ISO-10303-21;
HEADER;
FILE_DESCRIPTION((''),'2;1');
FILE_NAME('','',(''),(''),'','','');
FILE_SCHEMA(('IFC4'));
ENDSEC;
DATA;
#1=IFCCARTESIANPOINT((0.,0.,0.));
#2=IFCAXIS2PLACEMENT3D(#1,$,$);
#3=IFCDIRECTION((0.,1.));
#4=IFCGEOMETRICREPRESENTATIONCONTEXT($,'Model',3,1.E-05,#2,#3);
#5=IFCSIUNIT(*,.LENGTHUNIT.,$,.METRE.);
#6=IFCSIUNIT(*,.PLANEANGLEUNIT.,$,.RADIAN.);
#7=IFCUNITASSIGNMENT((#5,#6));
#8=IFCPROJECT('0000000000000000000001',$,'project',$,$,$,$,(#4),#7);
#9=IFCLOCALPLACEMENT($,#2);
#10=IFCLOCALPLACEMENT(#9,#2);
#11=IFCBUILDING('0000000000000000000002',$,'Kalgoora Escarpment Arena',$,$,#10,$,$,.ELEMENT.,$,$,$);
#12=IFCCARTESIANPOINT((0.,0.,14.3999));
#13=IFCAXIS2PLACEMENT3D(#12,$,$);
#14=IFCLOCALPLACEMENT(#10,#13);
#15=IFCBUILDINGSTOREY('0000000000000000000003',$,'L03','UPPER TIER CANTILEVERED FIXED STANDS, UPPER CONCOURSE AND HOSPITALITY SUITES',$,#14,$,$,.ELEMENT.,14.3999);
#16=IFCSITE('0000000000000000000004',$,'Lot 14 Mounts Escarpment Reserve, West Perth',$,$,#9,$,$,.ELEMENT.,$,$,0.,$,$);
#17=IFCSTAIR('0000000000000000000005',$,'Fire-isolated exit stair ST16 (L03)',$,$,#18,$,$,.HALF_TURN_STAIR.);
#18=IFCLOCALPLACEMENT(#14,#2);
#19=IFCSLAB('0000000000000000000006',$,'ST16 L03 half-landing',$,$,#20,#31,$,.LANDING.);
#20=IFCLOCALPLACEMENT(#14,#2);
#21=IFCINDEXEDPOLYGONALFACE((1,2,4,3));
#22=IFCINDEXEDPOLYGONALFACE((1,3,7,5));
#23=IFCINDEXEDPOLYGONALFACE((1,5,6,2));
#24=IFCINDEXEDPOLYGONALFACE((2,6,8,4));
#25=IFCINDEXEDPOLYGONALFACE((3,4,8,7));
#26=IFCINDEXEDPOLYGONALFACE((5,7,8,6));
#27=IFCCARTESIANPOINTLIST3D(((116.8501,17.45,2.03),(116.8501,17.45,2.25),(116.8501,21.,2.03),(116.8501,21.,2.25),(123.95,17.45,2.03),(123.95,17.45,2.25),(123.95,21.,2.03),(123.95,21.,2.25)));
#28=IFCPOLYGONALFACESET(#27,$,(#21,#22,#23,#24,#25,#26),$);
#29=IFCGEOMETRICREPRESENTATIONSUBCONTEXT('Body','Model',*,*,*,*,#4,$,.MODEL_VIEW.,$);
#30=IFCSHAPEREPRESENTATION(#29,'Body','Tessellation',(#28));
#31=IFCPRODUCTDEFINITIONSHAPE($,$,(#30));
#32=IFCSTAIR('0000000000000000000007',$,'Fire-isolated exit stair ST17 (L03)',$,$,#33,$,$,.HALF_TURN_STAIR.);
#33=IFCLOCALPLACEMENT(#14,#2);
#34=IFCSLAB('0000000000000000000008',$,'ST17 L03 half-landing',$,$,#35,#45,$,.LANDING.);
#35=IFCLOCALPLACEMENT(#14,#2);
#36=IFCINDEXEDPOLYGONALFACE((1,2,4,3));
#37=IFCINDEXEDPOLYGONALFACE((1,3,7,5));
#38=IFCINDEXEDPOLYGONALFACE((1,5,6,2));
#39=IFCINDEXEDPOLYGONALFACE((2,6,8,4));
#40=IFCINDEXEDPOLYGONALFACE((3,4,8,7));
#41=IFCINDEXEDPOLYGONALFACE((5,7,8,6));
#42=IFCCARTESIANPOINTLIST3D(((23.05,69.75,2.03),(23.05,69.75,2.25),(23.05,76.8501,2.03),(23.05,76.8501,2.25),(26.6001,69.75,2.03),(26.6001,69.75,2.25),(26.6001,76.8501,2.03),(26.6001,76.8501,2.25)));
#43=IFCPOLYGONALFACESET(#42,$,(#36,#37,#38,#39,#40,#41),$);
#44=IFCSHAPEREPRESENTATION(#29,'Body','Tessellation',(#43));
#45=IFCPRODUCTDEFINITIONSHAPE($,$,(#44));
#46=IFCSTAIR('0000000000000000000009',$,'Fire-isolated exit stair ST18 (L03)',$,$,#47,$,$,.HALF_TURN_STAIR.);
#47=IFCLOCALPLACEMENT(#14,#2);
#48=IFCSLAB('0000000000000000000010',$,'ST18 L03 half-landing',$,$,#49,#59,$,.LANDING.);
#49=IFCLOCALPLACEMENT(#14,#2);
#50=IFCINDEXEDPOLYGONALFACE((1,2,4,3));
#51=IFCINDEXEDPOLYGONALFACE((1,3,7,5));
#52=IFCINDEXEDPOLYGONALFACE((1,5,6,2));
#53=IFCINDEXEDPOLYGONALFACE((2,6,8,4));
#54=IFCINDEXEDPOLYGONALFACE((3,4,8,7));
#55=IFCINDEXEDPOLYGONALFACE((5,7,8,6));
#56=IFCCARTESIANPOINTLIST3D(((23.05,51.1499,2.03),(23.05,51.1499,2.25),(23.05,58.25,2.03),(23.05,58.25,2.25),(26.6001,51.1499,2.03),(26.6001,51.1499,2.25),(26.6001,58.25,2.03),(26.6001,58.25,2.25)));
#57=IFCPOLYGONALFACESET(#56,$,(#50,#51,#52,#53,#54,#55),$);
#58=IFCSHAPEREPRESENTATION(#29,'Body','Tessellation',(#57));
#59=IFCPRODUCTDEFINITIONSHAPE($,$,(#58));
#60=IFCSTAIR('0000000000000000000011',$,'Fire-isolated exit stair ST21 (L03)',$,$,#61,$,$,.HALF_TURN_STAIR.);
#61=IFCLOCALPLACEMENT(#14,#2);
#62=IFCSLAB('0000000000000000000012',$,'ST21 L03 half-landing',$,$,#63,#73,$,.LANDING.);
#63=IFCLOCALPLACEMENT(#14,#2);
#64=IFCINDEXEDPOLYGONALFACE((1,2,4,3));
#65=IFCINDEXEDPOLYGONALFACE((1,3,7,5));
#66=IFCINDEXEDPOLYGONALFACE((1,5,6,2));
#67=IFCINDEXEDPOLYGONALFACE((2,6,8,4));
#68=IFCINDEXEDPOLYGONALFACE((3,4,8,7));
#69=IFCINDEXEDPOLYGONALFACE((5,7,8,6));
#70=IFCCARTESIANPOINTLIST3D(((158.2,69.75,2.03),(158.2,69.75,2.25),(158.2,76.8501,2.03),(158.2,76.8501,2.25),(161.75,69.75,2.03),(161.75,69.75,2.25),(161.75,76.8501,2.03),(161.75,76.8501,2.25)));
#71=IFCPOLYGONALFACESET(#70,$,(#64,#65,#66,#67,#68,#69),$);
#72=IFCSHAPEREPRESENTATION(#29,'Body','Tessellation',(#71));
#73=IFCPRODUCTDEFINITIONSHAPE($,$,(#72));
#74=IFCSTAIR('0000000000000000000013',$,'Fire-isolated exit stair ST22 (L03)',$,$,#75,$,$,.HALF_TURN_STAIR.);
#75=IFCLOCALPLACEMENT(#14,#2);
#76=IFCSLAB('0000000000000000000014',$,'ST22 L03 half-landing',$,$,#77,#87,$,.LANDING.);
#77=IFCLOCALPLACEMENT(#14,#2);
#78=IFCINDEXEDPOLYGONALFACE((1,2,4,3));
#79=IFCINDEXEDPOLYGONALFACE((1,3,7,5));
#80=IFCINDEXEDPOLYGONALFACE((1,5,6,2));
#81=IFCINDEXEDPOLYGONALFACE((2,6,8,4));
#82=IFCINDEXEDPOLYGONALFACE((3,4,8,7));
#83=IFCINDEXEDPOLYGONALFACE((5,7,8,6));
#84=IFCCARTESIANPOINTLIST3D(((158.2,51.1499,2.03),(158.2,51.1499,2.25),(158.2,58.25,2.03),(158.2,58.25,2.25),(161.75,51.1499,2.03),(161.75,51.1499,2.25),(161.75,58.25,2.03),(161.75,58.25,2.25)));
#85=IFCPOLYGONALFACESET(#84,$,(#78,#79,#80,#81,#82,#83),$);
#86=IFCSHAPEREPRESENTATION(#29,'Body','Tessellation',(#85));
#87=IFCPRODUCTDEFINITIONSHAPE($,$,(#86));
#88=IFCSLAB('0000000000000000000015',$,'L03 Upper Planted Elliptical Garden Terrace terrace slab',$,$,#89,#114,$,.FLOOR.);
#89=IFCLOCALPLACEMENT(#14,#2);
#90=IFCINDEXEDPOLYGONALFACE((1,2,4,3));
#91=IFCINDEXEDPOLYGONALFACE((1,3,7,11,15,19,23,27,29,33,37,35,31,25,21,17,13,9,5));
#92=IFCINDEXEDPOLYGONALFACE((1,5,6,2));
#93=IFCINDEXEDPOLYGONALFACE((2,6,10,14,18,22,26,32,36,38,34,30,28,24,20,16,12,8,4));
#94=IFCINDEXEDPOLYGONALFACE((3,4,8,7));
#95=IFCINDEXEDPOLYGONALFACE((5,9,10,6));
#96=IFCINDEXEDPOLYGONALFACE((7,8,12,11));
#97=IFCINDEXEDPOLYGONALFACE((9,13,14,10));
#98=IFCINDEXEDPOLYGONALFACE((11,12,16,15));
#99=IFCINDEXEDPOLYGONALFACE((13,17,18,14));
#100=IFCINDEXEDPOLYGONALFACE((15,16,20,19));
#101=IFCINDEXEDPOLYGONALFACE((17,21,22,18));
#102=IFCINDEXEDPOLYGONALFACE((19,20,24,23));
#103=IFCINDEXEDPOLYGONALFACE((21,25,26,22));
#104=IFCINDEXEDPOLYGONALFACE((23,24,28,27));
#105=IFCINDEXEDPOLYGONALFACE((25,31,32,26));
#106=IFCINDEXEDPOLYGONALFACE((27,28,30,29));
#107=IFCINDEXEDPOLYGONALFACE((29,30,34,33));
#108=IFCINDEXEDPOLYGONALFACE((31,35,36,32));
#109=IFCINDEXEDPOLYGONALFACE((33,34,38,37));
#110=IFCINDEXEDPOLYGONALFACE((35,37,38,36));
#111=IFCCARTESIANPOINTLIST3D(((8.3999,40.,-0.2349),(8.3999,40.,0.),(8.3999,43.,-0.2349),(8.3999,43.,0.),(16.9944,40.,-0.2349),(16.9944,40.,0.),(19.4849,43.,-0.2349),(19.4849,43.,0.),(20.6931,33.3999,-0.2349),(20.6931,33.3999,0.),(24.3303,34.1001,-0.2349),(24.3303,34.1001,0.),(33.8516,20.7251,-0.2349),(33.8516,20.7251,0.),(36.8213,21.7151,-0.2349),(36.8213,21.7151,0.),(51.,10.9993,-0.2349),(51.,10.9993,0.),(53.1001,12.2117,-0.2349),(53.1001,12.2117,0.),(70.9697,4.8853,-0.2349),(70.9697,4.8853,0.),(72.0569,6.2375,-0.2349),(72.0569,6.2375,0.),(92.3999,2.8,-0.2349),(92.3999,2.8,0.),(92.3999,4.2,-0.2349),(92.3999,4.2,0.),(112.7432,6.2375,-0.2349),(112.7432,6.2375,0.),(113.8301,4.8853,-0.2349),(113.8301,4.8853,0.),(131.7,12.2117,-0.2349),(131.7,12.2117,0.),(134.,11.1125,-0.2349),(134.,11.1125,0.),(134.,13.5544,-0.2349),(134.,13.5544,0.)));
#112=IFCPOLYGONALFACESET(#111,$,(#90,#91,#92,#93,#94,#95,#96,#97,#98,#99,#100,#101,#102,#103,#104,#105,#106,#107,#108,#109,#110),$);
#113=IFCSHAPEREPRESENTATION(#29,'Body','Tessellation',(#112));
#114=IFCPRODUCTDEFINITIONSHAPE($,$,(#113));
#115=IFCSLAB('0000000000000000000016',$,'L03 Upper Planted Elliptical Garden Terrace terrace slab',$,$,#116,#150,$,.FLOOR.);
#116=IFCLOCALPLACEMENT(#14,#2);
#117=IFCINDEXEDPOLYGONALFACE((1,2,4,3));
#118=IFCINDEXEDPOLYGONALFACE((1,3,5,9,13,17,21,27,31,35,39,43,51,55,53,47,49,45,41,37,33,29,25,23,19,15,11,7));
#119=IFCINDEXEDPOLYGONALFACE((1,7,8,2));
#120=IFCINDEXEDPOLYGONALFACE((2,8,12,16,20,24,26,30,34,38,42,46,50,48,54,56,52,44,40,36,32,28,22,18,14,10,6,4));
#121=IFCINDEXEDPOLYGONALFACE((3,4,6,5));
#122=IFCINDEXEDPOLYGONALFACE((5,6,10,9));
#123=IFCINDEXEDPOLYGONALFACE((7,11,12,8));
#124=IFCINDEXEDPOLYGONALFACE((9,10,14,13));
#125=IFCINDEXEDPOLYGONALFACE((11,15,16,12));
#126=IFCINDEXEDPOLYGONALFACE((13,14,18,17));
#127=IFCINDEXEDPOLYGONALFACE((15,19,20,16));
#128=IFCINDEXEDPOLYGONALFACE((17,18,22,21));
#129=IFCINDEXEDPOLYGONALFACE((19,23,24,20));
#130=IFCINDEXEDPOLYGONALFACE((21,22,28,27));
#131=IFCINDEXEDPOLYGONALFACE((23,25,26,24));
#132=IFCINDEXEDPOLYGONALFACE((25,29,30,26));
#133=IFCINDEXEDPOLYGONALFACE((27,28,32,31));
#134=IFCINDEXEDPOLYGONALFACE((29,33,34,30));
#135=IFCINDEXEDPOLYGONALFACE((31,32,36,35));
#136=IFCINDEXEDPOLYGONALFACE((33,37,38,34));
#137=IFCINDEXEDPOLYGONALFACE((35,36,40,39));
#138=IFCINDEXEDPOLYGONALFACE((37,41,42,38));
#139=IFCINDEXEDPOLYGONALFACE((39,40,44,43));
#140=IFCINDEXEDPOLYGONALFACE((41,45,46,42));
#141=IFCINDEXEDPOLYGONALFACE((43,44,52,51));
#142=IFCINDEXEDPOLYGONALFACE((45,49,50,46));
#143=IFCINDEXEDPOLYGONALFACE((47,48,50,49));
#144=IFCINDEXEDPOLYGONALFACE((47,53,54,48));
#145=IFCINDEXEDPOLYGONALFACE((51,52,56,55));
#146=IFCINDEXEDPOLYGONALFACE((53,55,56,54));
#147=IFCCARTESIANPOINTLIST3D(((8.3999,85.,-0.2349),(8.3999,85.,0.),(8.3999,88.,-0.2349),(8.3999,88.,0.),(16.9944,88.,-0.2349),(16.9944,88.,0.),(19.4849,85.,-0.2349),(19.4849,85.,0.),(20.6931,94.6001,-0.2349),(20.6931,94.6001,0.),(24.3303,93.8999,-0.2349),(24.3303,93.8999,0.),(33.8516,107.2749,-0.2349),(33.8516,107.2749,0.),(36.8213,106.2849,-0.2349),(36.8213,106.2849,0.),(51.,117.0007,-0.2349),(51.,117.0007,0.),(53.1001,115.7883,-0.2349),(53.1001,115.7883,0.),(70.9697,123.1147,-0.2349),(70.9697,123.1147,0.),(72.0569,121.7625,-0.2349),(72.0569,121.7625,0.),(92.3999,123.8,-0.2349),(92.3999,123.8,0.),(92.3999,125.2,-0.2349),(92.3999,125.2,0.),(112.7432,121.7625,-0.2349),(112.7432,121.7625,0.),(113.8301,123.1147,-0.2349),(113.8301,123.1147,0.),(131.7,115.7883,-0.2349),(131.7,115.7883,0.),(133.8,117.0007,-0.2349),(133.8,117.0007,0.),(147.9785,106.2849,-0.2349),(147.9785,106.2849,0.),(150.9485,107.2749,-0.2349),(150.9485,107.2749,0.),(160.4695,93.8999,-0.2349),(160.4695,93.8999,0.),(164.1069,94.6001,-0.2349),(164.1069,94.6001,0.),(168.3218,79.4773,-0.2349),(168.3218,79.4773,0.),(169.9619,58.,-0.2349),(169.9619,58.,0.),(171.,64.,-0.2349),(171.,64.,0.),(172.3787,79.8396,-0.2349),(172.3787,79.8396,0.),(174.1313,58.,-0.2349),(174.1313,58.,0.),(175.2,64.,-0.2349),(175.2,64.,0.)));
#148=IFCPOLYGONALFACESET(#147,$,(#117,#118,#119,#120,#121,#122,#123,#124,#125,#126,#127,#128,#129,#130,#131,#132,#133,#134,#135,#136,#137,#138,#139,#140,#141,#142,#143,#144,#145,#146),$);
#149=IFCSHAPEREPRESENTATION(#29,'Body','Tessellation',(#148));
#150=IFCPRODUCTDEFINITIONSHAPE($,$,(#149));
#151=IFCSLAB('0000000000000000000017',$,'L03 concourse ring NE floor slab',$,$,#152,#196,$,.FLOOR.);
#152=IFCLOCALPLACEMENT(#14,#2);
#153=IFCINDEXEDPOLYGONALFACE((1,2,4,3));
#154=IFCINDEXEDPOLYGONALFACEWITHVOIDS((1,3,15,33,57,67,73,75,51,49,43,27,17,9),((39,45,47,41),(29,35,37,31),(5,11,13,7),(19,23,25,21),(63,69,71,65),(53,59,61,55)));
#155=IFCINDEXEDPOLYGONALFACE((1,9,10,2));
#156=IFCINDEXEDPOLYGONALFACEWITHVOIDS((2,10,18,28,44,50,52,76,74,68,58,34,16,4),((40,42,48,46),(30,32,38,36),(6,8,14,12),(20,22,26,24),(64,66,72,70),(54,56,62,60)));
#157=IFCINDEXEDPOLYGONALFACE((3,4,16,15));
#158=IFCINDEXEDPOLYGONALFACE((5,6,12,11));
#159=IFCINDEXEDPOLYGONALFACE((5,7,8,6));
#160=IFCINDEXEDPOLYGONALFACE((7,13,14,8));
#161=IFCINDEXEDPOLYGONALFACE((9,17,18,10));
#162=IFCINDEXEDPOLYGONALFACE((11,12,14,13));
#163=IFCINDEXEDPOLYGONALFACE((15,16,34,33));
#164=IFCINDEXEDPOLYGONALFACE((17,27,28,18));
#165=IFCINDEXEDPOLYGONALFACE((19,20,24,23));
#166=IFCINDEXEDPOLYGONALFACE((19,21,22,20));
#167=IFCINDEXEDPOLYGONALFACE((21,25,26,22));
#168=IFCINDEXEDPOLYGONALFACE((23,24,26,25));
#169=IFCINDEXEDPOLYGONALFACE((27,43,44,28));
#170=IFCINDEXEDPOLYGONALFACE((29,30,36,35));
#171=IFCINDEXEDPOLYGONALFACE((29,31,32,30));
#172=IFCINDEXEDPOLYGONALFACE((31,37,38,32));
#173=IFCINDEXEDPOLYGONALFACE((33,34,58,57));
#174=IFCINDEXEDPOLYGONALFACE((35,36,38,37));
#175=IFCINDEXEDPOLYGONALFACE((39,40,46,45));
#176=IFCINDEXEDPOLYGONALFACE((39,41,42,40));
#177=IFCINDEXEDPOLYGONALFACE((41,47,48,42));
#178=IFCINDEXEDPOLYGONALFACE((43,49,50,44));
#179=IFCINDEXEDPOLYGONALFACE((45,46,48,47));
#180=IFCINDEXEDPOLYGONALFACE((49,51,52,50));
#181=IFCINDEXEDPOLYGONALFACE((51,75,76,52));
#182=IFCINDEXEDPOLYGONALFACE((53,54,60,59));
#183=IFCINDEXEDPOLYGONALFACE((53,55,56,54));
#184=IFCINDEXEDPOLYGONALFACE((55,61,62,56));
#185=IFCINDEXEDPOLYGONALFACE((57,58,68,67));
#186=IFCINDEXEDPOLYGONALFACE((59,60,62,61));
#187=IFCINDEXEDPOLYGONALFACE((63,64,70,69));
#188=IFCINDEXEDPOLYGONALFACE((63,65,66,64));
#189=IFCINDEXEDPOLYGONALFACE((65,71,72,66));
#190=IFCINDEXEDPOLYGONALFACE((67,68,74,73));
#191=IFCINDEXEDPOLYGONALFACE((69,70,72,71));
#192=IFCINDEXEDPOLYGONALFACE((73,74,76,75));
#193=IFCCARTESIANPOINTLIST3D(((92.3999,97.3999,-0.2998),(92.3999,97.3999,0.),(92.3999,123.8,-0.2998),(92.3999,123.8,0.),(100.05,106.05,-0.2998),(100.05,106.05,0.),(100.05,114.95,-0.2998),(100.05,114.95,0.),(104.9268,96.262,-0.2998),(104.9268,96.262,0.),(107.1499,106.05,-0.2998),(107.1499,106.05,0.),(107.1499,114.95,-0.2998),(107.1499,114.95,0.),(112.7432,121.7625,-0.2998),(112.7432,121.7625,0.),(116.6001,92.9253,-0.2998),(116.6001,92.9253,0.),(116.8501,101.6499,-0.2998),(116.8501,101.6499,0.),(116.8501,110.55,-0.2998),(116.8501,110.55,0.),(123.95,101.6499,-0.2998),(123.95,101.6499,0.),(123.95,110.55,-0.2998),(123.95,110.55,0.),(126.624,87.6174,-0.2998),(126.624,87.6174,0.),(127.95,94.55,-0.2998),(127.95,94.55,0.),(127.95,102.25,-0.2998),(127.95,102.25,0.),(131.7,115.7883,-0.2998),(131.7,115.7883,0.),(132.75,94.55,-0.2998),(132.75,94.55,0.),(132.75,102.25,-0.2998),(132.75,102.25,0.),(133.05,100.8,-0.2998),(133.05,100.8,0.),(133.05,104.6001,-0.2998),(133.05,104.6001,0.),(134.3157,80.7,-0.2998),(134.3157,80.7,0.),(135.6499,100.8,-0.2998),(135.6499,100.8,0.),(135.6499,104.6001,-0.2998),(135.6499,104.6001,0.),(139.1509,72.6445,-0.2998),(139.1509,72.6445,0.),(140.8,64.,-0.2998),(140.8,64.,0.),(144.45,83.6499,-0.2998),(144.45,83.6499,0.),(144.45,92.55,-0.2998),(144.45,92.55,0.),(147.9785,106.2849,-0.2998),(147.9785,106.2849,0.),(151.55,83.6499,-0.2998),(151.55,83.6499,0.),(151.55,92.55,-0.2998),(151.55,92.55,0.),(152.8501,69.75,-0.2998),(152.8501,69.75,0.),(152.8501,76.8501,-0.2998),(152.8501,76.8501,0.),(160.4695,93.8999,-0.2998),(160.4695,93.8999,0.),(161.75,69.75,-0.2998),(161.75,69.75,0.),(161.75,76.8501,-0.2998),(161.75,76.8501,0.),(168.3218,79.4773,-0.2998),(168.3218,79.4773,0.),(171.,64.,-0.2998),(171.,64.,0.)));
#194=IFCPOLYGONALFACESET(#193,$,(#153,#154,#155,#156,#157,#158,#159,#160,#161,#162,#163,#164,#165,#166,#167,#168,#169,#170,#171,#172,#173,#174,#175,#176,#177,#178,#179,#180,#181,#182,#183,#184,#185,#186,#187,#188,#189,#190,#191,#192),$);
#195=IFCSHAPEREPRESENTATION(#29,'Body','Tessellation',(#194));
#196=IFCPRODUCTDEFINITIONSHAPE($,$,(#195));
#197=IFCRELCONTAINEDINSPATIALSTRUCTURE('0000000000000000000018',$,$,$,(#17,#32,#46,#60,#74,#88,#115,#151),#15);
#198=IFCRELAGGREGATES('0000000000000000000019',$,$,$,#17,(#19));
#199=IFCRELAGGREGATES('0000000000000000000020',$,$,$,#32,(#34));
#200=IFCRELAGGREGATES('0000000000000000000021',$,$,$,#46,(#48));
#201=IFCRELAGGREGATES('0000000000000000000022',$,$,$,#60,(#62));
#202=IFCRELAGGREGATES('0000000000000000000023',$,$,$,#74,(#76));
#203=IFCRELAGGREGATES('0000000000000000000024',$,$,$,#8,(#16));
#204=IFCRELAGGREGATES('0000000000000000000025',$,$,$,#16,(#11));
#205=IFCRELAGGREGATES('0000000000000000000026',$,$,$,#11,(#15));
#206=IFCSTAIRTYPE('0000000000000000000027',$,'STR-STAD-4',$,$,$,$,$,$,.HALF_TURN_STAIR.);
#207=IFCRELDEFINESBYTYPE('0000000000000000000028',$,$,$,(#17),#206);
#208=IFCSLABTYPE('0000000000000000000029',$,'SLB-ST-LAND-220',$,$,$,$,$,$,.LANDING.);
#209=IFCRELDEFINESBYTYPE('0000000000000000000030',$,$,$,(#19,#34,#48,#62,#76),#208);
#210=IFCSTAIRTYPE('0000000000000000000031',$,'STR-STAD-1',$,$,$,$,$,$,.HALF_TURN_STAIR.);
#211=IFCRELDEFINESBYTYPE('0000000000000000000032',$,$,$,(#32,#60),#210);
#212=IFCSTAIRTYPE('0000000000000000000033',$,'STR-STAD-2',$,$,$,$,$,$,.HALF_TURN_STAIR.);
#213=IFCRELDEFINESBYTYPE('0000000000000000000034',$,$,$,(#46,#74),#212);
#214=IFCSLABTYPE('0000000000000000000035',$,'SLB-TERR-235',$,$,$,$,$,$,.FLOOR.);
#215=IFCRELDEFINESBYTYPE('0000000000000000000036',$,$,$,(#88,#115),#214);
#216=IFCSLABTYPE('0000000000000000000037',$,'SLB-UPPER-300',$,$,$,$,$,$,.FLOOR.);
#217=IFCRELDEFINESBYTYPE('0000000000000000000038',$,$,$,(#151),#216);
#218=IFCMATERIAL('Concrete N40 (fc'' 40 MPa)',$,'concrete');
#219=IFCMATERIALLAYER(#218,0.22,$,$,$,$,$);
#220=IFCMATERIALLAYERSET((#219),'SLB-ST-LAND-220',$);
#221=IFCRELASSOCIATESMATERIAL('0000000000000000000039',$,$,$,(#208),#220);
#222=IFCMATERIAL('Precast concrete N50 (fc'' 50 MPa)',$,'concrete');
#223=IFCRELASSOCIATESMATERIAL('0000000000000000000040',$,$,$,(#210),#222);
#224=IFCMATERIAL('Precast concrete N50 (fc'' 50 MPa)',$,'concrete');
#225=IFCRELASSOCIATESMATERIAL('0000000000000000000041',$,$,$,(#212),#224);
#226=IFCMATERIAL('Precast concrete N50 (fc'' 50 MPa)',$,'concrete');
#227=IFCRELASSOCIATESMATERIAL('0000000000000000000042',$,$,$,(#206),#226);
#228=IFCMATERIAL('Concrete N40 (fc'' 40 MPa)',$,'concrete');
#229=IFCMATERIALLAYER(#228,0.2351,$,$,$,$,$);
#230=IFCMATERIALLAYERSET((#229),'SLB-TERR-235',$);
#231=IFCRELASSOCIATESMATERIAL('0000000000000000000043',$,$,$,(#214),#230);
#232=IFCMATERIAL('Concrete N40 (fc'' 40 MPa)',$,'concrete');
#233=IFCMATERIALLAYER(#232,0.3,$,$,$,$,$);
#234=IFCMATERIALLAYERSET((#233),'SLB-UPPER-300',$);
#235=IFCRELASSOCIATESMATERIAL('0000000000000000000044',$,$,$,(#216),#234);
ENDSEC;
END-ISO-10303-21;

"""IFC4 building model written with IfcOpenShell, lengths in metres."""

from ifc_helpers import new_model, si_unit, direction, frame, origin, place, context, subcontext, project, spatial, polyline, outline, extrude, material, layer, layer_set, type_object, element, aggregate, save


model = new_model("IFC4")

# Units and contexts
model_context = context("Model", 3, precision=1e-05, world=origin(), true_north=direction((0.0, 1.0)))
body_context = subcontext(model_context, "Body", "Model", "MODEL_VIEW")
ifc_project = project(units=[si_unit("LENGTHUNIT", "METRE"), si_unit("PLANEANGLEUNIT", "RADIAN")], contexts=[model_context])

# Site, building, storey
site_placement = place(None, origin())
site = spatial("IfcSite", under=ifc_project, at=site_placement, Name="Lot 14 Mounts Escarpment Reserve, West Perth", CompositionType="ELEMENT", RefElevation=0.0)
building_placement = place(site_placement, origin())
building = spatial("IfcBuilding", under=site, at=building_placement, Name="Kalgoora Escarpment Arena", CompositionType="ELEMENT")
storey_placement = place(building_placement, frame((0.0, 0.0, 14.3999)))
storey = spatial("IfcBuildingStorey", under=building, at=storey_placement, Name="L03", Description="UPPER TIER CANTILEVERED FIXED STANDS, UPPER CONCOURSE AND HOSPITALITY SUITES", CompositionType="ELEMENT", Elevation=14.3999)

# Stairs, slabs
ifc_material_1 = material(Name="Concrete N40 (fc' 40 MPa)", Category="concrete")
ifc_layer_1 = layer(ifc_material_1, 0.22)
ifc_layer_set_1 = layer_set([ifc_layer_1], Name="SLB-ST-LAND-220")
slab_type_1 = type_object("IfcSlabType", Name="SLB-ST-LAND-220", PredefinedType="LANDING", material=ifc_layer_set_1)
ifc_material_2 = material(Name="Precast concrete N50 (fc' 50 MPa)", Category="concrete")
stair_type_1 = type_object("IfcStairType", Name="STR-STAD-1", PredefinedType="HALF_TURN_STAIR", material=ifc_material_2)
ifc_material_3 = material(Name="Precast concrete N50 (fc' 50 MPa)", Category="concrete")
stair_type_2 = type_object("IfcStairType", Name="STR-STAD-2", PredefinedType="HALF_TURN_STAIR", material=ifc_material_3)
ifc_material_4 = material(Name="Precast concrete N50 (fc' 50 MPa)", Category="concrete")
stair_type_3 = type_object("IfcStairType", Name="STR-STAD-4", PredefinedType="HALF_TURN_STAIR", material=ifc_material_4)
stair_1_placement = place(storey_placement, origin())
stair_1 = element("IfcStair", 1, at=stair_1_placement, inside=storey, type_object=stair_type_3, Name="Fire-isolated exit stair ST16 (L03)", PredefinedType="HALF_TURN_STAIR")
slab_1_placement = place(storey_placement, frame((0.0, 0.0, 2.03)))
slab_1 = element("IfcSlab", 2, at=slab_1_placement, type_object=slab_type_1, Name="ST16 L03 half-landing", PredefinedType="LANDING", context=body_context, shape_type="SweptSolid", body=[
    extrude(outline(polyline([(123.95, 21.0), (123.95, 17.45), (116.8501, 17.45), (116.8501, 21.0), (123.95, 21.0)])), origin(), (0.0, 0.0, 1.0), 0.22),
])
aggregate(stair_1, [slab_1])
stair_2_placement = place(storey_placement, origin())
stair_2 = element("IfcStair", 3, at=stair_2_placement, inside=storey, type_object=stair_type_1, Name="Fire-isolated exit stair ST17 (L03)", PredefinedType="HALF_TURN_STAIR")
slab_2_placement = place(storey_placement, frame((0.0, 0.0, 2.03)))
slab_2 = element("IfcSlab", 4, at=slab_2_placement, type_object=slab_type_1, Name="ST17 L03 half-landing", PredefinedType="LANDING", context=body_context, shape_type="SweptSolid", body=[
    extrude(outline(polyline([(26.6001, 69.75), (23.05, 69.75), (23.05, 76.8501), (26.6001, 76.8501), (26.6001, 69.75)])), origin(), (0.0, 0.0, 1.0), 0.22),
])
aggregate(stair_2, [slab_2])
stair_3_placement = place(storey_placement, origin())
stair_3 = element("IfcStair", 5, at=stair_3_placement, inside=storey, type_object=stair_type_2, Name="Fire-isolated exit stair ST18 (L03)", PredefinedType="HALF_TURN_STAIR")
slab_3_placement = place(storey_placement, frame((0.0, 0.0, 2.03)))
slab_3 = element("IfcSlab", 6, at=slab_3_placement, type_object=slab_type_1, Name="ST18 L03 half-landing", PredefinedType="LANDING", context=body_context, shape_type="SweptSolid", body=[
    extrude(outline(polyline([(26.6001, 51.1499), (23.05, 51.1499), (23.05, 58.25), (26.6001, 58.25), (26.6001, 51.1499)])), origin(), (0.0, 0.0, 1.0), 0.22),
])
aggregate(stair_3, [slab_3])
stair_4_placement = place(storey_placement, origin())
stair_4 = element("IfcStair", 7, at=stair_4_placement, inside=storey, type_object=stair_type_1, Name="Fire-isolated exit stair ST21 (L03)", PredefinedType="HALF_TURN_STAIR")
slab_4_placement = place(storey_placement, frame((0.0, 0.0, 2.03)))
slab_4 = element("IfcSlab", 8, at=slab_4_placement, type_object=slab_type_1, Name="ST21 L03 half-landing", PredefinedType="LANDING", context=body_context, shape_type="SweptSolid", body=[
    extrude(outline(polyline([(158.2, 76.8501), (161.75, 76.8501), (161.75, 69.75), (158.2, 69.75), (158.2, 76.8501)])), origin(), (0.0, 0.0, 1.0), 0.22),
])
aggregate(stair_4, [slab_4])
stair_5_placement = place(storey_placement, origin())
stair_5 = element("IfcStair", 9, at=stair_5_placement, inside=storey, type_object=stair_type_2, Name="Fire-isolated exit stair ST22 (L03)", PredefinedType="HALF_TURN_STAIR")
slab_5_placement = place(storey_placement, frame((0.0, 0.0, 2.03)))
slab_5 = element("IfcSlab", 10, at=slab_5_placement, type_object=slab_type_1, Name="ST22 L03 half-landing", PredefinedType="LANDING", context=body_context, shape_type="SweptSolid", body=[
    extrude(outline(polyline([(158.2, 58.25), (161.75, 58.25), (161.75, 51.1499), (158.2, 51.1499), (158.2, 58.25)])), origin(), (0.0, 0.0, 1.0), 0.22),
])
aggregate(stair_5, [slab_5])

# Slabs
ifc_material_5 = material(Name="Concrete N40 (fc' 40 MPa)", Category="concrete")
ifc_layer_2 = layer(ifc_material_5, 0.2351)
ifc_layer_set_2 = layer_set([ifc_layer_2], Name="SLB-TERR-235")
slab_type_2 = type_object("IfcSlabType", Name="SLB-TERR-235", PredefinedType="FLOOR", material=ifc_layer_set_2)
slab_6_placement = place(storey_placement, frame((0.0, 0.0, -0.2349)))
element("IfcSlab", 11, at=slab_6_placement, inside=storey, type_object=slab_type_2, Name="L03 Upper Planted Elliptical Garden Terrace terrace slab", PredefinedType="FLOOR", context=body_context, shape_type="SweptSolid", body=[
    extrude(outline(polyline([(92.3999, 2.8), (70.9697, 4.8853), (51.0, 10.9993), (33.8516, 20.7251), (20.6931, 33.3999), (16.9944, 40.0), (8.3999, 40.0), (8.3999, 43.0), (19.4849, 43.0), (24.3303, 34.1001), (36.8213, 21.7151), (53.1001, 12.2117), (72.0569, 6.2375), (92.3999, 4.2), (112.7432, 6.2375), (131.7, 12.2117), (134.0, 13.5544), (134.0, 11.1125), (113.8301, 4.8853), (92.3999, 2.8)])), origin(), (0.0, 0.0, 1.0), 0.2349),
])
slab_7_placement = place(storey_placement, frame((0.0, 0.0, -0.2349)))
element("IfcSlab", 12, at=slab_7_placement, inside=storey, type_object=slab_type_2, Name="L03 Upper Planted Elliptical Garden Terrace terrace slab", PredefinedType="FLOOR", context=body_context, shape_type="SweptSolid", body=[
    extrude(outline(polyline([(168.3218, 79.4773), (160.4695, 93.8999), (147.9785, 106.2849), (131.7, 115.7883), (112.7432, 121.7625), (92.3999, 123.8), (72.0569, 121.7625), (53.1001, 115.7883), (36.8213, 106.2849), (24.3303, 93.8999), (19.4849, 85.0), (8.3999, 85.0), (8.3999, 88.0), (16.9944, 88.0), (20.6931, 94.6001), (33.8516, 107.2749), (51.0, 117.0007), (70.9697, 123.1147), (92.3999, 125.2), (113.8301, 123.1147), (133.8, 117.0007), (150.9485, 107.2749), (164.1069, 94.6001), (172.3787, 79.8396), (175.2, 64.0), (174.1313, 58.0), (169.9619, 58.0), (171.0, 64.0), (168.3218, 79.4773)])), origin(), (0.0, 0.0, 1.0), 0.2349),
])
ifc_material_6 = material(Name="Concrete N40 (fc' 40 MPa)", Category="concrete")
ifc_layer_3 = layer(ifc_material_6, 0.3)
ifc_layer_set_3 = layer_set([ifc_layer_3], Name="SLB-UPPER-300")
slab_type_3 = type_object("IfcSlabType", Name="SLB-UPPER-300", PredefinedType="FLOOR", material=ifc_layer_set_3)
slab_8_placement = place(storey_placement, frame((0.0, 0.0, -0.2998)))
element("IfcSlab", 13, at=slab_8_placement, inside=storey, type_object=slab_type_3, Name="L03 concourse ring NE floor slab", PredefinedType="FLOOR", context=body_context, shape_type="SweptSolid", body=[
    extrude(outline(polyline([(112.7432, 121.7625), (131.7, 115.7883), (147.9785, 106.2849), (160.4695, 93.8999), (168.3218, 79.4773), (171.0, 64.0), (140.8, 64.0), (139.1509, 72.6445), (134.3157, 80.7), (126.624, 87.6174), (116.6001, 92.9253), (104.9268, 96.262), (92.3999, 97.3999), (92.3999, 123.8), (112.7432, 121.7625)]), holes=[polyline([(152.8501, 76.8501), (152.8501, 69.75), (161.75, 69.75), (161.75, 76.8501), (152.8501, 76.8501)]), polyline([(151.55, 92.55), (144.45, 92.55), (144.45, 83.6499), (151.55, 83.6499), (151.55, 92.55)]), polyline([(132.75, 102.25), (127.95, 102.25), (127.95, 94.55), (132.75, 94.55), (132.75, 102.25)]), polyline([(135.6499, 104.6001), (133.05, 104.6001), (133.05, 100.8), (135.6499, 100.8), (135.6499, 104.6001)]), polyline([(123.95, 110.55), (116.8501, 110.55), (116.8501, 101.6499), (123.95, 101.6499), (123.95, 110.55)]), polyline([(107.1499, 114.95), (100.05, 114.95), (100.05, 106.05), (107.1499, 106.05), (107.1499, 114.95)])]), origin(), (0.0, 0.0, 1.0), 0.2998),
])

save(model, "model.ifc")
